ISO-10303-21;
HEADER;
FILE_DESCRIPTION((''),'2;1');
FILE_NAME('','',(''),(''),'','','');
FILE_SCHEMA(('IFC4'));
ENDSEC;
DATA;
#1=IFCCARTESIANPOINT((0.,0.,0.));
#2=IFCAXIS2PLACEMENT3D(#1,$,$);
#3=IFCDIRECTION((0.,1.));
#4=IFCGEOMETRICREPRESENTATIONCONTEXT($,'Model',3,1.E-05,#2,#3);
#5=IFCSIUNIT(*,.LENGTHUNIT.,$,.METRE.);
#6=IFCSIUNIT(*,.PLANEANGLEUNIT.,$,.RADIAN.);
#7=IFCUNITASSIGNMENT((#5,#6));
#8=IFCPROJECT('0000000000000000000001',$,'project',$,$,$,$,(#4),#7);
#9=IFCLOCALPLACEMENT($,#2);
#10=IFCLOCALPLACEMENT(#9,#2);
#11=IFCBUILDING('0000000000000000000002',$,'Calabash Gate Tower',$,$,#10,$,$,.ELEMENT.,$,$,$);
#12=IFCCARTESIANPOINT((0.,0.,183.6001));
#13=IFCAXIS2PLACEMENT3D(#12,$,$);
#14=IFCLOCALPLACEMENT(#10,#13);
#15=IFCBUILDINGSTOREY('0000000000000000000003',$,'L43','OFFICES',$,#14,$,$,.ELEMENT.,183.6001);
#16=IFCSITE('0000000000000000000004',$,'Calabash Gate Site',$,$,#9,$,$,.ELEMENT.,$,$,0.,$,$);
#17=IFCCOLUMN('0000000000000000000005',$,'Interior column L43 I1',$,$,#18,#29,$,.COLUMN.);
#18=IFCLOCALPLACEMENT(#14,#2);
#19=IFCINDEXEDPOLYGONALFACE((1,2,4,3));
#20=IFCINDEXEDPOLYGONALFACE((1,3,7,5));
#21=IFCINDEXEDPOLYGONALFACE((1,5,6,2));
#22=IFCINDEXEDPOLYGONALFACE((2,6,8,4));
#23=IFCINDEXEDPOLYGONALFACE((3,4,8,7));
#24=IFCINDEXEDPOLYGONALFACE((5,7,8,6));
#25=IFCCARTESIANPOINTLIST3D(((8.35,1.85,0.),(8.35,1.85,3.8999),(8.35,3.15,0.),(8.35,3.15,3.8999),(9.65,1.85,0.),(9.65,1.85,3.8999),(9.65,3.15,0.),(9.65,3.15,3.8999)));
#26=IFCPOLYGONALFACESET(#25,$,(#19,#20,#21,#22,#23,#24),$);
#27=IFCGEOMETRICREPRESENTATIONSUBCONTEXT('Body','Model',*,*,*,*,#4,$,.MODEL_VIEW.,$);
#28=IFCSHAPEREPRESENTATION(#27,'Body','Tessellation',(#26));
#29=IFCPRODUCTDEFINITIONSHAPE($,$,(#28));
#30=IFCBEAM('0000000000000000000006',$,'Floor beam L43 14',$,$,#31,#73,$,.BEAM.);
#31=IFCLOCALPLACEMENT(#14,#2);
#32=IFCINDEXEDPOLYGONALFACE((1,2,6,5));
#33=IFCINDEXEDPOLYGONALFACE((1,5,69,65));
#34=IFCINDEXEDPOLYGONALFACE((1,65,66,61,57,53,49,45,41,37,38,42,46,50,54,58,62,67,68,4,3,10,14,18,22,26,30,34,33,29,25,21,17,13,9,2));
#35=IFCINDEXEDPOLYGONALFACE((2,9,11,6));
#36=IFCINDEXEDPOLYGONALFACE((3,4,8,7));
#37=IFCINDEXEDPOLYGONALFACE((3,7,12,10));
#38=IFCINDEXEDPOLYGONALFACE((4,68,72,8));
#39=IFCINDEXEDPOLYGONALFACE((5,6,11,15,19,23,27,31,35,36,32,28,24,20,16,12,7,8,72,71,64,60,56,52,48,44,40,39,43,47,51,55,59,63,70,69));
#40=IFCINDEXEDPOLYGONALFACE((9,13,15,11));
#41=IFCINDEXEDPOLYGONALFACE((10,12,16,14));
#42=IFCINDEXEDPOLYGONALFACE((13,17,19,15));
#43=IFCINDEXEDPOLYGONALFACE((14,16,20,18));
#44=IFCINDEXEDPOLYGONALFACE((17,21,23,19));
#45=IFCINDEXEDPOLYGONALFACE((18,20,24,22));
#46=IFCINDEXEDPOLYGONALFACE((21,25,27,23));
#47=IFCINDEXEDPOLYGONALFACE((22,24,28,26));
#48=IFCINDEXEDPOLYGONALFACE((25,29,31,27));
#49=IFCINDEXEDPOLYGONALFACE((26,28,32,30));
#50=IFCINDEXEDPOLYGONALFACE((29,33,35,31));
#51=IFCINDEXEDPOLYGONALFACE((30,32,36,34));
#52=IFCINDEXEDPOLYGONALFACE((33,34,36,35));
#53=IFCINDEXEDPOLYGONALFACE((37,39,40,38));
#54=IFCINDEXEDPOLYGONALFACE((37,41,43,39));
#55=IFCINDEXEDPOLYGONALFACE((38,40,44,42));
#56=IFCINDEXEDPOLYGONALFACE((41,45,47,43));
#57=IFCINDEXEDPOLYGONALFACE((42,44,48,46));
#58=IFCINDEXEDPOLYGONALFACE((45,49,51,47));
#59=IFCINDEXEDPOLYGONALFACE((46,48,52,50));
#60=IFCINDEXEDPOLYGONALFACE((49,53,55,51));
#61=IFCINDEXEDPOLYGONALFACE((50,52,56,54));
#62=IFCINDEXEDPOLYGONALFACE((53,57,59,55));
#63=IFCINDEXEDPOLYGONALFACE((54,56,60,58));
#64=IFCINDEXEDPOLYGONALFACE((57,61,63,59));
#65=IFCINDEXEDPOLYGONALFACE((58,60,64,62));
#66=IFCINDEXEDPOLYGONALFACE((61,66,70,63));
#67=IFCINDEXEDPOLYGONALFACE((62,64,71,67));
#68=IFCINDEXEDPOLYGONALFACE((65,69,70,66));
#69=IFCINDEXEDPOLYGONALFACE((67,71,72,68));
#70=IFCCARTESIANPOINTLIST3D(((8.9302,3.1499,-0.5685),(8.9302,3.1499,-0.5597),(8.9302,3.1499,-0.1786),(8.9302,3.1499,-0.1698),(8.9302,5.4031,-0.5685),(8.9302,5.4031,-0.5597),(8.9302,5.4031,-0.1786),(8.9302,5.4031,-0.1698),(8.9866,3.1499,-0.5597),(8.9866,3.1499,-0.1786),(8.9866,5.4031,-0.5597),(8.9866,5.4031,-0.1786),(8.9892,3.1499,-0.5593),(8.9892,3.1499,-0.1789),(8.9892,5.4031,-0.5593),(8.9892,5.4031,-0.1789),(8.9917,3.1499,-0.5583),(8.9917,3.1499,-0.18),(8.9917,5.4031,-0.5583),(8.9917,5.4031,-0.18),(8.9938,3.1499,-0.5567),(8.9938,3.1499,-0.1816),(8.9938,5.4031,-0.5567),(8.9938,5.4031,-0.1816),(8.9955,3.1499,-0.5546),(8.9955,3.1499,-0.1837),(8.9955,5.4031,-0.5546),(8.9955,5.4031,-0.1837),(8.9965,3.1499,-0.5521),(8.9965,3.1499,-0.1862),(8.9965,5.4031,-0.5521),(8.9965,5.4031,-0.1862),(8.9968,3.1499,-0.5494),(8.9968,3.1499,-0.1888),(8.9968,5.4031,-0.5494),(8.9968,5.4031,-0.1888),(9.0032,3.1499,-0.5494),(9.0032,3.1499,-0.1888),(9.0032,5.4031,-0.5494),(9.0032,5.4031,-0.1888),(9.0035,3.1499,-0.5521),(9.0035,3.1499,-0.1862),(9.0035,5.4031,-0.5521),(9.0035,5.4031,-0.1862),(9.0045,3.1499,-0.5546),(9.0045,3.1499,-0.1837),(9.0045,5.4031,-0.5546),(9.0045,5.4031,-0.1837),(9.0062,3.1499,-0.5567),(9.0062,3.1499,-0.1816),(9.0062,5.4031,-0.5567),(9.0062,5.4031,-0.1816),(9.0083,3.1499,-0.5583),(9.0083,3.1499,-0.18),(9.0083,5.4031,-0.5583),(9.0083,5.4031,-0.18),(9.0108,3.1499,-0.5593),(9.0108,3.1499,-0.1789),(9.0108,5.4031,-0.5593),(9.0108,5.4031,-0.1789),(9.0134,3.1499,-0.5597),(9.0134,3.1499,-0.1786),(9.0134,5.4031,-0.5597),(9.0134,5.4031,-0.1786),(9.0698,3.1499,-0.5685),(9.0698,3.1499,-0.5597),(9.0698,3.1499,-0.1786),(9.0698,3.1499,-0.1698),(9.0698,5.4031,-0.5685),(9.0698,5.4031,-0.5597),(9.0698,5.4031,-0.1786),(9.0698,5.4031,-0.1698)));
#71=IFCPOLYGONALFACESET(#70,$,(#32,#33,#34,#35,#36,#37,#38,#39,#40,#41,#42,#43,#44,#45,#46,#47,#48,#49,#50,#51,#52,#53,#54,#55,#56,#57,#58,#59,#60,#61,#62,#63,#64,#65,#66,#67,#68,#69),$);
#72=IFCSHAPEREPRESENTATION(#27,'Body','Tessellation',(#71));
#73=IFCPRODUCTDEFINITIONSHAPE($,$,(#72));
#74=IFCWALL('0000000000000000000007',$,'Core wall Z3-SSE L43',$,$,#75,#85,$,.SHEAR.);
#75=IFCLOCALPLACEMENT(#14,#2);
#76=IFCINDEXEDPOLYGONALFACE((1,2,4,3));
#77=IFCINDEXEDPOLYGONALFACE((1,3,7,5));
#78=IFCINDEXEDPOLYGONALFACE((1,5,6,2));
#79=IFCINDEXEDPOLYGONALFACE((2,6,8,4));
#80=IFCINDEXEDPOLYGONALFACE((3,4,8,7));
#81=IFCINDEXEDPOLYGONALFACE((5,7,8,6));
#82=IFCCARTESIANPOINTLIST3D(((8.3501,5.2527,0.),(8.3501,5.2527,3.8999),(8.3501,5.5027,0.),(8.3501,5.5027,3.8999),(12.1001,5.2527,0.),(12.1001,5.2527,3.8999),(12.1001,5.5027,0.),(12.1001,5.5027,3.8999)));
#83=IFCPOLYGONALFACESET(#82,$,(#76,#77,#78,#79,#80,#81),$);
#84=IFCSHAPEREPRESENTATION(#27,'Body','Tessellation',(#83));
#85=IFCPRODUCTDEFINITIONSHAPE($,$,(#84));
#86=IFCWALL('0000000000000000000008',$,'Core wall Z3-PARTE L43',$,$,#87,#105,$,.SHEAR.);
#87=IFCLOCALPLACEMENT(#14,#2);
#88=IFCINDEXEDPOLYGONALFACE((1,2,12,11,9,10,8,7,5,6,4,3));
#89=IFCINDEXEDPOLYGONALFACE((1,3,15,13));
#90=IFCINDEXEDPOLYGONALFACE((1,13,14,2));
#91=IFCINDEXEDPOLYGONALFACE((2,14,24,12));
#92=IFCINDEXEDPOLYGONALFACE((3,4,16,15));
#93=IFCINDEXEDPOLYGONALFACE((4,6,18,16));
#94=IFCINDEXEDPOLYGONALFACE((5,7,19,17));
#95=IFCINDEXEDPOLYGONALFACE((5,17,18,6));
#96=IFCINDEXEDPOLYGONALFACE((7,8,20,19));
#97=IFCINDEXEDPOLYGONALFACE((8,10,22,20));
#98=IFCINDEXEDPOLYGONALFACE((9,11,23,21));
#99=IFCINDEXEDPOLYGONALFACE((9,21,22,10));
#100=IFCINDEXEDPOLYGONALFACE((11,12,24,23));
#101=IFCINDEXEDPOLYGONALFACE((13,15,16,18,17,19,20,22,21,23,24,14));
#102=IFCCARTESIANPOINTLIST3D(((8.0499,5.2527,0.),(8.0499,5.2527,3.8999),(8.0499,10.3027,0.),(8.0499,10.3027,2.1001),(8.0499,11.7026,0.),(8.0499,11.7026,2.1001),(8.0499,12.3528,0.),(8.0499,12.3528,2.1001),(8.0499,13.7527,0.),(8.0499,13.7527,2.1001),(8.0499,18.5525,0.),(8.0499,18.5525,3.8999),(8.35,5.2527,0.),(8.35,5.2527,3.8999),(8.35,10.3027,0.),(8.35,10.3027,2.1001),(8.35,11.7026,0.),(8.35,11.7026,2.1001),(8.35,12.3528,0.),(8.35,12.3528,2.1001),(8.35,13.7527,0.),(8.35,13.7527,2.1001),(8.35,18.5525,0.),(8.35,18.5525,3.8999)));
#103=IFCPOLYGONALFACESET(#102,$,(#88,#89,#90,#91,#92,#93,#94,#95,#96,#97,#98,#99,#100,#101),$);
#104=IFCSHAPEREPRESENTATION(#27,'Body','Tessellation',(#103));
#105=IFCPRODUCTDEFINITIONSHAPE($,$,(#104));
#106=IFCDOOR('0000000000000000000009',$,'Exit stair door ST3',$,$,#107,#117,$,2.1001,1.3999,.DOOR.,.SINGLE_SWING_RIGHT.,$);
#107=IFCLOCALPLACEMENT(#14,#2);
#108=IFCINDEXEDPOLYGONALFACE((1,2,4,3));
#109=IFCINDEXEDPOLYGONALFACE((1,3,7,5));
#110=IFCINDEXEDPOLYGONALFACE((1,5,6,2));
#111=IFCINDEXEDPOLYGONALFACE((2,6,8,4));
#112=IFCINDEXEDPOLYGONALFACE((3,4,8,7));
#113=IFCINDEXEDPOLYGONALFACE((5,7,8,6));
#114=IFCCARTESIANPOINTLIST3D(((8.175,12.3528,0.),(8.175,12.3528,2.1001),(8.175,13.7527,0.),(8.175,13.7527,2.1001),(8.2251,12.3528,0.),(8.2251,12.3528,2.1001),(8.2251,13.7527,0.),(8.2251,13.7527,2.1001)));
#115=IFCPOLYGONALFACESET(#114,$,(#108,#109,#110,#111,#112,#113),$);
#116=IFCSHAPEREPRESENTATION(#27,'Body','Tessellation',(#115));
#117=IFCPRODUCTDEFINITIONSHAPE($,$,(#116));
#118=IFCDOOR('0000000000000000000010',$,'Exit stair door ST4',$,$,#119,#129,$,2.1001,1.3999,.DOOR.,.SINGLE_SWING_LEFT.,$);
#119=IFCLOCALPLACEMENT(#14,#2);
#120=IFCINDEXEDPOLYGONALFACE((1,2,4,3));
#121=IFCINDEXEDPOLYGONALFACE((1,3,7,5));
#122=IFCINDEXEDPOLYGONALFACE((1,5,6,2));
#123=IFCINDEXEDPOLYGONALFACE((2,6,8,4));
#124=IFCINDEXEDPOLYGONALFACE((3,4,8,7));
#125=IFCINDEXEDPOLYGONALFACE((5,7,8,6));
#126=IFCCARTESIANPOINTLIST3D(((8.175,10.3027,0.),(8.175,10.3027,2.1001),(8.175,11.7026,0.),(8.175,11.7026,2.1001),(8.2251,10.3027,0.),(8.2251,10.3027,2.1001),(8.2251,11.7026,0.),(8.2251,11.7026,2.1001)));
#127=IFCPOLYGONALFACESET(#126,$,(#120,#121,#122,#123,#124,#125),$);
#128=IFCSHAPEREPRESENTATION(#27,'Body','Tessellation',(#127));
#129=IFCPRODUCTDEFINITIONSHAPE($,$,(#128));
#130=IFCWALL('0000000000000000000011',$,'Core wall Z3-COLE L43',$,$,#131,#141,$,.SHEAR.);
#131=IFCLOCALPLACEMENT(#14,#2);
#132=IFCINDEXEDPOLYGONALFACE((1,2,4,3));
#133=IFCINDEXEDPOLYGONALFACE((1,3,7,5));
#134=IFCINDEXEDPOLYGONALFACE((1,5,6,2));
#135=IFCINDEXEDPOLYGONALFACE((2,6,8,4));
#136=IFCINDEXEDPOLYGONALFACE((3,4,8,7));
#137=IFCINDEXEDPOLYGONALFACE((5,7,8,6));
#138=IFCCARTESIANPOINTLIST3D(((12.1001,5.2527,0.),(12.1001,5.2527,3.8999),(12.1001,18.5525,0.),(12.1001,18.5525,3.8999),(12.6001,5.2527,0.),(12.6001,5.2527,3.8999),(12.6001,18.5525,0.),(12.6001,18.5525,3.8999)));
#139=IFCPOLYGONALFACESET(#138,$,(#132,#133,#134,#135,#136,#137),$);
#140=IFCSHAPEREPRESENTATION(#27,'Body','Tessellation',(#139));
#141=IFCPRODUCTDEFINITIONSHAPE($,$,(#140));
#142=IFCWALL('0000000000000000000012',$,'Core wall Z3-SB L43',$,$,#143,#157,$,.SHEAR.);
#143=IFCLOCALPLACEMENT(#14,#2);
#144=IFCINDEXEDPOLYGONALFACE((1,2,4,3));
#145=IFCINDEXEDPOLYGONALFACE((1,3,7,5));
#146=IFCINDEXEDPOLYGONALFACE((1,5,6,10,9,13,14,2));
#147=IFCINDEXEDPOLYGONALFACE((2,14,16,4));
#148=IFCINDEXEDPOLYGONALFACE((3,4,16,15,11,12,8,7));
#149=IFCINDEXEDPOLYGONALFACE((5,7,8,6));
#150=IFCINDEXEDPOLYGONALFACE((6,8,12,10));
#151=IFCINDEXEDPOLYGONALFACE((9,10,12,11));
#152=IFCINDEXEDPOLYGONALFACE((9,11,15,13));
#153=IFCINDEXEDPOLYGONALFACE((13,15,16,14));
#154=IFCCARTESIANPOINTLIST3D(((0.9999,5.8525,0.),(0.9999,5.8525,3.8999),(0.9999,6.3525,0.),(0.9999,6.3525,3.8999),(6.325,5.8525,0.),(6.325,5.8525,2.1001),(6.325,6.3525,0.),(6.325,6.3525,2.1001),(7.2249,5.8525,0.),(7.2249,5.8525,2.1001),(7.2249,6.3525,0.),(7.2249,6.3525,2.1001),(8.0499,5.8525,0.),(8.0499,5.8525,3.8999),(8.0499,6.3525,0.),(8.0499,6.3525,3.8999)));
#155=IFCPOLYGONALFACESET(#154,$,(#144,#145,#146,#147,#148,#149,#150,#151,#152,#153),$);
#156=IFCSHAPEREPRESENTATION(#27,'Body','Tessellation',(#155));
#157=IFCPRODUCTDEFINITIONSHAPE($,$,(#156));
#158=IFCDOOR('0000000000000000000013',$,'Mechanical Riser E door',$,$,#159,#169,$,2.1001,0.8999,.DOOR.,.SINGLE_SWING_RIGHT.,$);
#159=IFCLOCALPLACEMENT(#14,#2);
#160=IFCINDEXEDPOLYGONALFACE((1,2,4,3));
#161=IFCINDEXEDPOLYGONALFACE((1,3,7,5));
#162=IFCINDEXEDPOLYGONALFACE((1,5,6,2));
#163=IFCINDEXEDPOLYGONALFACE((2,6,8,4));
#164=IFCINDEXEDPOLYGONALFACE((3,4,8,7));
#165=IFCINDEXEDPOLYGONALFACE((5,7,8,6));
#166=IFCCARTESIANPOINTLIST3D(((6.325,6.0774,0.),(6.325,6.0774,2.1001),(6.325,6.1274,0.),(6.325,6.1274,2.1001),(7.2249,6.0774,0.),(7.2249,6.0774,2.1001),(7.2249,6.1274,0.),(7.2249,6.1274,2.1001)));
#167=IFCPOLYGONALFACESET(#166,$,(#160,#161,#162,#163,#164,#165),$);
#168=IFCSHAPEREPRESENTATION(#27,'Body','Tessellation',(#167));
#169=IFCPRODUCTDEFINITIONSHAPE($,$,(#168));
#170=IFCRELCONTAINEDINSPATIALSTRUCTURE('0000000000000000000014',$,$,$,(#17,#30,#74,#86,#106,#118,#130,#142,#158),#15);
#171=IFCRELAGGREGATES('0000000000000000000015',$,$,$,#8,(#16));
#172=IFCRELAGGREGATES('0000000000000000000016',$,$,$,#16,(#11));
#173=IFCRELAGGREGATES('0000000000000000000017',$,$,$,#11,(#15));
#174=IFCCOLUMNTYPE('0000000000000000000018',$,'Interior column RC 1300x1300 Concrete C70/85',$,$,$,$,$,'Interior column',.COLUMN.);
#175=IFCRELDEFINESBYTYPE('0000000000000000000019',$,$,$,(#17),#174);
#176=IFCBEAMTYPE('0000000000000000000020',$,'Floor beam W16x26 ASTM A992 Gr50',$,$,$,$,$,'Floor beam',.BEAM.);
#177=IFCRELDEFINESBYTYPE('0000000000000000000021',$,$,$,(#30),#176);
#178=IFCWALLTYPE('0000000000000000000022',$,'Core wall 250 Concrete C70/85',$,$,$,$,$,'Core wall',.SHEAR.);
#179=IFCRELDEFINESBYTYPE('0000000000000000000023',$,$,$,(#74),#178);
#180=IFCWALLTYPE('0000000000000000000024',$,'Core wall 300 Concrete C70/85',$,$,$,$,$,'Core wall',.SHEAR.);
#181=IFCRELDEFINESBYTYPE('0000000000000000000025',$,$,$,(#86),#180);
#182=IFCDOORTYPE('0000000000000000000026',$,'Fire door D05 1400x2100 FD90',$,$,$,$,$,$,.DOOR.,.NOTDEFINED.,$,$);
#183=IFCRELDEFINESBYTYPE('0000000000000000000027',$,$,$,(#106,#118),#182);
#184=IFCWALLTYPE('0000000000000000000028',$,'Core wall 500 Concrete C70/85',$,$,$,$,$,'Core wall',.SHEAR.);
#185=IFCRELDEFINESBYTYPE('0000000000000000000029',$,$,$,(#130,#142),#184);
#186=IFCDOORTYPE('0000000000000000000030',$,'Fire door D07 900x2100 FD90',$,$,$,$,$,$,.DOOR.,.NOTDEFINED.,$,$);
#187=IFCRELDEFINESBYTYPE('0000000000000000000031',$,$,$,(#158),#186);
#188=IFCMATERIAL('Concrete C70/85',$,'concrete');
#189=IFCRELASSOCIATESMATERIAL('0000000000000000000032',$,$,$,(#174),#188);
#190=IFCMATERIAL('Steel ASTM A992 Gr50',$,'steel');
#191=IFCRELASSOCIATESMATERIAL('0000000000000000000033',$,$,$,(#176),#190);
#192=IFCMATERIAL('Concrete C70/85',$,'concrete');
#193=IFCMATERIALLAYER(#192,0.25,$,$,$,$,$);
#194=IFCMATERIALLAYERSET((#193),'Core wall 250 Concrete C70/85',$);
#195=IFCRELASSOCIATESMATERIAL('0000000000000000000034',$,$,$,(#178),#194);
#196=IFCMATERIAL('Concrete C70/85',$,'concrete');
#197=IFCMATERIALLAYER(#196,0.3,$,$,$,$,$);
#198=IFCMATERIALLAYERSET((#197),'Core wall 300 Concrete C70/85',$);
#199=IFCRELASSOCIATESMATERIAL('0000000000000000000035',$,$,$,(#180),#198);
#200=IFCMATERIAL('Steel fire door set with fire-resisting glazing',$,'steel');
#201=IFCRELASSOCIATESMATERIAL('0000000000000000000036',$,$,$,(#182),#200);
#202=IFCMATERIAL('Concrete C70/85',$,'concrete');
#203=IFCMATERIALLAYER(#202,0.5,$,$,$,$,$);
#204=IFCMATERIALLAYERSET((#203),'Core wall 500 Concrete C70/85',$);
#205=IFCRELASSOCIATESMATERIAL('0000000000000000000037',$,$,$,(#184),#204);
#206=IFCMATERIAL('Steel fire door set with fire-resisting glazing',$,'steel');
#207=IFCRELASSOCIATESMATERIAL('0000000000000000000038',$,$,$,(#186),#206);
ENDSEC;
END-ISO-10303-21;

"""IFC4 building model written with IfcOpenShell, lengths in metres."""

from ifc_helpers import new_model, si_unit, direction, frame, frame_2d, origin, origin_2d, place, context, subcontext, project, spatial, rectangle, i_section, extrude, material, layer, layer_set, material_profile, profile_set, type_object, element, fill, save


model = new_model("IFC4")

# Units and contexts
model_context = context("Model", 3, precision=1e-05, world=origin(), true_north=direction((0.0, 1.0)))
body_context = subcontext(model_context, "Body", "Model", "MODEL_VIEW")
ifc_project = project(units=[si_unit("LENGTHUNIT", "METRE"), si_unit("PLANEANGLEUNIT", "RADIAN")], contexts=[model_context])

# Site, building, storey
site_placement = place(None, origin())
site = spatial("IfcSite", under=ifc_project, at=site_placement, Name="Calabash Gate Site", CompositionType="ELEMENT", RefElevation=0.0)
building_placement = place(site_placement, origin())
building = spatial("IfcBuilding", under=site, at=building_placement, Name="Calabash Gate Tower", CompositionType="ELEMENT")
storey_placement = place(building_placement, frame((0.0, 0.0, 183.6001)))
storey = spatial("IfcBuildingStorey", under=building, at=storey_placement, Name="L43", Description="OFFICES", CompositionType="ELEMENT", Elevation=183.6001)

# Column
ifc_material_1 = material(Name="Concrete C70/85", Category="concrete")
ifc_material_profile_1 = material_profile(ifc_material_1, rectangle(XDim=1.3, YDim=1.3, at=origin_2d()))
ifc_profile_set_1 = profile_set([ifc_material_profile_1], Name="Concrete C70/85")
column_type = type_object("IfcColumnType", Name="Interior column RC 1300x1300 Concrete C70/85", ElementType="Interior column", PredefinedType="COLUMN", material=ifc_profile_set_1)
column_placement = place(storey_placement, frame((9.0, 2.5, 0.0), z_axis=(0.0, 0.0, 1.0), x_axis=(1.0, 0.0, 0.0)))
element("IfcColumn", 1, at=column_placement, inside=storey, type_object=column_type, Name="Interior column L43 I1", PredefinedType="COLUMN", context=body_context, shape_type="SweptSolid", body=[
    extrude(rectangle(XDim=1.3, YDim=1.3, at=origin_2d()), origin(), (0.0, 0.0, 1.0), 3.8999),
])

# Beam
ifc_material_2 = material(Name="Steel ASTM A992 Gr50", Category="steel")
ifc_material_profile_2 = material_profile(ifc_material_2, i_section(OverallWidth=0.1396, OverallDepth=0.3987, WebThickness=0.0063, FlangeThickness=0.0088, FilletRadius=0.0103, at=origin_2d()))
ifc_profile_set_2 = profile_set([ifc_material_profile_2], Name="Steel ASTM A992 Gr50")
beam_type = type_object("IfcBeamType", Name="Floor beam W16x26 ASTM A992 Gr50", ElementType="Floor beam", PredefinedType="BEAM", material=ifc_profile_set_2)
beam_placement = place(storey_placement, frame((9.0, 3.1499, -0.3691), z_axis=(0.0, 1.0, 0.0), x_axis=(-1.0, 0.0, 0.0)))
element("IfcBeam", 2, at=beam_placement, inside=storey, type_object=beam_type, Name="Floor beam L43 14", PredefinedType="BEAM", context=body_context, shape_type="SweptSolid", body=[
    extrude(i_section(OverallWidth=0.1396, OverallDepth=0.3987, WebThickness=0.0063, FlangeThickness=0.0088, FilletRadius=0.0103, at=origin_2d()), origin(), (0.0, 0.0, 1.0), 2.2532),
])

# Wall
ifc_material_3 = material(Name="Concrete C70/85", Category="concrete")
ifc_layer_1 = layer(ifc_material_3, 0.25)
ifc_layer_set_1 = layer_set([ifc_layer_1], Name="Core wall 250 Concrete C70/85")
wall_type_1 = type_object("IfcWallType", Name="Core wall 250 Concrete C70/85", ElementType="Core wall", PredefinedType="SHEAR", material=ifc_layer_set_1)
wall_1_placement = place(storey_placement, frame((8.3501, 5.3777, 0.0), z_axis=(0.0, 0.0, 1.0), x_axis=(1.0, 0.0, 0.0)))
element("IfcWall", 3, at=wall_1_placement, inside=storey, type_object=wall_type_1, Name="Core wall Z3-SSE L43", PredefinedType="SHEAR", context=body_context, shape_type="SweptSolid", body=[
    extrude(rectangle(XDim=3.75, YDim=0.25, at=frame_2d((1.875, 0.0))), origin(), (0.0, 0.0, 1.0), 3.8999),
])

# Wall, openings, doors
ifc_material_4 = material(Name="Concrete C70/85", Category="concrete")
ifc_layer_2 = layer(ifc_material_4, 0.3)
ifc_layer_set_2 = layer_set([ifc_layer_2], Name="Core wall 300 Concrete C70/85")
wall_type_2 = type_object("IfcWallType", Name="Core wall 300 Concrete C70/85", ElementType="Core wall", PredefinedType="SHEAR", material=ifc_layer_set_2)
wall_2_placement = place(storey_placement, frame((8.2, 5.2527, 0.0), z_axis=(0.0, 0.0, 1.0), x_axis=(0.0, 1.0, 0.0)))
wall_2 = element("IfcWall", 4, at=wall_2_placement, inside=storey, type_object=wall_type_2, Name="Core wall Z3-PARTE L43", PredefinedType="SHEAR", context=body_context, shape_type="SweptSolid", body=[
    extrude(rectangle(XDim=13.2998, YDim=0.3, at=frame_2d((6.6499, 0.0))), origin(), (0.0, 0.0, 1.0), 3.8999),
])
opening_1_placement = place(wall_2_placement, frame((7.1001, 0.0, 0.0)))
opening_1 = element("IfcOpeningElement", 5, at=opening_1_placement, cuts=wall_2, PredefinedType="OPENING", context=body_context, shape_type="SweptSolid", body=[
    extrude(rectangle(XDim=1.3999, YDim=2.1001, at=frame_2d((0.7, 1.05))), frame((0.0, 0.1599, 0.0), z_axis=(0.0, -1.0, 0.0), x_axis=(1.0, 0.0, 0.0)), (0.0, 0.0, 1.0), 0.3201),
])
opening_2_placement = place(wall_2_placement, frame((5.05, 0.0, 0.0)))
opening_2 = element("IfcOpeningElement", 6, at=opening_2_placement, cuts=wall_2, PredefinedType="OPENING", context=body_context, shape_type="SweptSolid", body=[
    extrude(rectangle(XDim=1.3999, YDim=2.1001, at=frame_2d((0.7, 1.05))), frame((0.0, 0.1599, 0.0), z_axis=(0.0, -1.0, 0.0), x_axis=(1.0, 0.0, 0.0)), (0.0, 0.0, 1.0), 0.3201),
])
ifc_material_5 = material(Name="Steel fire door set with fire-resisting glazing", Category="steel")
door_type_1 = type_object("IfcDoorType", Name="Fire door D05 1400x2100 FD90", OperationType="NOTDEFINED", PredefinedType="DOOR", material=ifc_material_5)
door_1_placement = place(opening_1_placement, origin())
door_1 = element("IfcDoor", 7, at=door_1_placement, inside=storey, type_object=door_type_1, Name="Exit stair door ST3", OperationType="SINGLE_SWING_RIGHT", OverallHeight=2.1001, OverallWidth=1.3999, PredefinedType="DOOR", context=body_context, shape_type="SweptSolid", body=[
    extrude(rectangle(XDim=1.3999, YDim=2.1001, at=frame_2d((0.7, 1.05))), frame((0.0, 0.0249, 0.0), z_axis=(0.0, -1.0, 0.0), x_axis=(1.0, 0.0, 0.0)), (0.0, 0.0, 1.0), 0.05),
])
fill(opening_1, door_1)
door_2_placement = place(opening_2_placement, origin())
door_2 = element("IfcDoor", 8, at=door_2_placement, inside=storey, type_object=door_type_1, Name="Exit stair door ST4", OperationType="SINGLE_SWING_LEFT", OverallHeight=2.1001, OverallWidth=1.3999, PredefinedType="DOOR", context=body_context, shape_type="SweptSolid", body=[
    extrude(rectangle(XDim=1.3999, YDim=2.1001, at=frame_2d((0.7, 1.05))), frame((0.0, 0.0249, 0.0), z_axis=(0.0, -1.0, 0.0), x_axis=(1.0, 0.0, 0.0)), (0.0, 0.0, 1.0), 0.05),
])
fill(opening_2, door_2)

# Wall
ifc_material_6 = material(Name="Concrete C70/85", Category="concrete")
ifc_layer_3 = layer(ifc_material_6, 0.5)
ifc_layer_set_3 = layer_set([ifc_layer_3], Name="Core wall 500 Concrete C70/85")
wall_type_3 = type_object("IfcWallType", Name="Core wall 500 Concrete C70/85", ElementType="Core wall", PredefinedType="SHEAR", material=ifc_layer_set_3)
wall_3_placement = place(storey_placement, frame((12.3501, 5.2527, 0.0), z_axis=(0.0, 0.0, 1.0), x_axis=(0.0, 1.0, 0.0)))
element("IfcWall", 9, at=wall_3_placement, inside=storey, type_object=wall_type_3, Name="Core wall Z3-COLE L43", PredefinedType="SHEAR", context=body_context, shape_type="SweptSolid", body=[
    extrude(rectangle(XDim=13.2998, YDim=0.5, at=frame_2d((6.6499, 0.0))), origin(), (0.0, 0.0, 1.0), 3.8999),
])

# Wall, opening, door
wall_4_placement = place(storey_placement, frame((1.0, 6.1025, 0.0), z_axis=(0.0, 0.0, 1.0), x_axis=(1.0, 0.0, 0.0)))
wall_4 = element("IfcWall", 10, at=wall_4_placement, inside=storey, type_object=wall_type_3, Name="Core wall Z3-SB L43", PredefinedType="SHEAR", context=body_context, shape_type="SweptSolid", body=[
    extrude(rectangle(XDim=7.05, YDim=0.5, at=frame_2d((3.5249, 0.0))), origin(), (0.0, 0.0, 1.0), 3.8999),
])
opening_3_placement = place(wall_4_placement, frame((5.325, 0.0, 0.0)))
opening_3 = element("IfcOpeningElement", 11, at=opening_3_placement, cuts=wall_4, PredefinedType="OPENING", context=body_context, shape_type="SweptSolid", body=[
    extrude(rectangle(XDim=0.8999, YDim=2.1001, at=frame_2d((0.45, 1.05))), frame((0.0, 0.26, 0.0), z_axis=(0.0, -1.0, 0.0), x_axis=(1.0, 0.0, 0.0)), (0.0, 0.0, 1.0), 0.52),
])
ifc_material_7 = material(Name="Steel fire door set with fire-resisting glazing", Category="steel")
door_type_2 = type_object("IfcDoorType", Name="Fire door D07 900x2100 FD90", OperationType="NOTDEFINED", PredefinedType="DOOR", material=ifc_material_7)
door_3_placement = place(opening_3_placement, origin())
door_3 = element("IfcDoor", 12, at=door_3_placement, inside=storey, type_object=door_type_2, Name="Mechanical Riser E door", OperationType="SINGLE_SWING_RIGHT", OverallHeight=2.1001, OverallWidth=0.8999, PredefinedType="DOOR", context=body_context, shape_type="SweptSolid", body=[
    extrude(rectangle(XDim=0.8999, YDim=2.1001, at=frame_2d((0.45, 1.05))), frame((0.0, 0.0249, 0.0), z_axis=(0.0, -1.0, 0.0), x_axis=(1.0, 0.0, 0.0)), (0.0, 0.0, 1.0), 0.05),
])
fill(opening_3, door_3)

save(model, "model.ifc")
